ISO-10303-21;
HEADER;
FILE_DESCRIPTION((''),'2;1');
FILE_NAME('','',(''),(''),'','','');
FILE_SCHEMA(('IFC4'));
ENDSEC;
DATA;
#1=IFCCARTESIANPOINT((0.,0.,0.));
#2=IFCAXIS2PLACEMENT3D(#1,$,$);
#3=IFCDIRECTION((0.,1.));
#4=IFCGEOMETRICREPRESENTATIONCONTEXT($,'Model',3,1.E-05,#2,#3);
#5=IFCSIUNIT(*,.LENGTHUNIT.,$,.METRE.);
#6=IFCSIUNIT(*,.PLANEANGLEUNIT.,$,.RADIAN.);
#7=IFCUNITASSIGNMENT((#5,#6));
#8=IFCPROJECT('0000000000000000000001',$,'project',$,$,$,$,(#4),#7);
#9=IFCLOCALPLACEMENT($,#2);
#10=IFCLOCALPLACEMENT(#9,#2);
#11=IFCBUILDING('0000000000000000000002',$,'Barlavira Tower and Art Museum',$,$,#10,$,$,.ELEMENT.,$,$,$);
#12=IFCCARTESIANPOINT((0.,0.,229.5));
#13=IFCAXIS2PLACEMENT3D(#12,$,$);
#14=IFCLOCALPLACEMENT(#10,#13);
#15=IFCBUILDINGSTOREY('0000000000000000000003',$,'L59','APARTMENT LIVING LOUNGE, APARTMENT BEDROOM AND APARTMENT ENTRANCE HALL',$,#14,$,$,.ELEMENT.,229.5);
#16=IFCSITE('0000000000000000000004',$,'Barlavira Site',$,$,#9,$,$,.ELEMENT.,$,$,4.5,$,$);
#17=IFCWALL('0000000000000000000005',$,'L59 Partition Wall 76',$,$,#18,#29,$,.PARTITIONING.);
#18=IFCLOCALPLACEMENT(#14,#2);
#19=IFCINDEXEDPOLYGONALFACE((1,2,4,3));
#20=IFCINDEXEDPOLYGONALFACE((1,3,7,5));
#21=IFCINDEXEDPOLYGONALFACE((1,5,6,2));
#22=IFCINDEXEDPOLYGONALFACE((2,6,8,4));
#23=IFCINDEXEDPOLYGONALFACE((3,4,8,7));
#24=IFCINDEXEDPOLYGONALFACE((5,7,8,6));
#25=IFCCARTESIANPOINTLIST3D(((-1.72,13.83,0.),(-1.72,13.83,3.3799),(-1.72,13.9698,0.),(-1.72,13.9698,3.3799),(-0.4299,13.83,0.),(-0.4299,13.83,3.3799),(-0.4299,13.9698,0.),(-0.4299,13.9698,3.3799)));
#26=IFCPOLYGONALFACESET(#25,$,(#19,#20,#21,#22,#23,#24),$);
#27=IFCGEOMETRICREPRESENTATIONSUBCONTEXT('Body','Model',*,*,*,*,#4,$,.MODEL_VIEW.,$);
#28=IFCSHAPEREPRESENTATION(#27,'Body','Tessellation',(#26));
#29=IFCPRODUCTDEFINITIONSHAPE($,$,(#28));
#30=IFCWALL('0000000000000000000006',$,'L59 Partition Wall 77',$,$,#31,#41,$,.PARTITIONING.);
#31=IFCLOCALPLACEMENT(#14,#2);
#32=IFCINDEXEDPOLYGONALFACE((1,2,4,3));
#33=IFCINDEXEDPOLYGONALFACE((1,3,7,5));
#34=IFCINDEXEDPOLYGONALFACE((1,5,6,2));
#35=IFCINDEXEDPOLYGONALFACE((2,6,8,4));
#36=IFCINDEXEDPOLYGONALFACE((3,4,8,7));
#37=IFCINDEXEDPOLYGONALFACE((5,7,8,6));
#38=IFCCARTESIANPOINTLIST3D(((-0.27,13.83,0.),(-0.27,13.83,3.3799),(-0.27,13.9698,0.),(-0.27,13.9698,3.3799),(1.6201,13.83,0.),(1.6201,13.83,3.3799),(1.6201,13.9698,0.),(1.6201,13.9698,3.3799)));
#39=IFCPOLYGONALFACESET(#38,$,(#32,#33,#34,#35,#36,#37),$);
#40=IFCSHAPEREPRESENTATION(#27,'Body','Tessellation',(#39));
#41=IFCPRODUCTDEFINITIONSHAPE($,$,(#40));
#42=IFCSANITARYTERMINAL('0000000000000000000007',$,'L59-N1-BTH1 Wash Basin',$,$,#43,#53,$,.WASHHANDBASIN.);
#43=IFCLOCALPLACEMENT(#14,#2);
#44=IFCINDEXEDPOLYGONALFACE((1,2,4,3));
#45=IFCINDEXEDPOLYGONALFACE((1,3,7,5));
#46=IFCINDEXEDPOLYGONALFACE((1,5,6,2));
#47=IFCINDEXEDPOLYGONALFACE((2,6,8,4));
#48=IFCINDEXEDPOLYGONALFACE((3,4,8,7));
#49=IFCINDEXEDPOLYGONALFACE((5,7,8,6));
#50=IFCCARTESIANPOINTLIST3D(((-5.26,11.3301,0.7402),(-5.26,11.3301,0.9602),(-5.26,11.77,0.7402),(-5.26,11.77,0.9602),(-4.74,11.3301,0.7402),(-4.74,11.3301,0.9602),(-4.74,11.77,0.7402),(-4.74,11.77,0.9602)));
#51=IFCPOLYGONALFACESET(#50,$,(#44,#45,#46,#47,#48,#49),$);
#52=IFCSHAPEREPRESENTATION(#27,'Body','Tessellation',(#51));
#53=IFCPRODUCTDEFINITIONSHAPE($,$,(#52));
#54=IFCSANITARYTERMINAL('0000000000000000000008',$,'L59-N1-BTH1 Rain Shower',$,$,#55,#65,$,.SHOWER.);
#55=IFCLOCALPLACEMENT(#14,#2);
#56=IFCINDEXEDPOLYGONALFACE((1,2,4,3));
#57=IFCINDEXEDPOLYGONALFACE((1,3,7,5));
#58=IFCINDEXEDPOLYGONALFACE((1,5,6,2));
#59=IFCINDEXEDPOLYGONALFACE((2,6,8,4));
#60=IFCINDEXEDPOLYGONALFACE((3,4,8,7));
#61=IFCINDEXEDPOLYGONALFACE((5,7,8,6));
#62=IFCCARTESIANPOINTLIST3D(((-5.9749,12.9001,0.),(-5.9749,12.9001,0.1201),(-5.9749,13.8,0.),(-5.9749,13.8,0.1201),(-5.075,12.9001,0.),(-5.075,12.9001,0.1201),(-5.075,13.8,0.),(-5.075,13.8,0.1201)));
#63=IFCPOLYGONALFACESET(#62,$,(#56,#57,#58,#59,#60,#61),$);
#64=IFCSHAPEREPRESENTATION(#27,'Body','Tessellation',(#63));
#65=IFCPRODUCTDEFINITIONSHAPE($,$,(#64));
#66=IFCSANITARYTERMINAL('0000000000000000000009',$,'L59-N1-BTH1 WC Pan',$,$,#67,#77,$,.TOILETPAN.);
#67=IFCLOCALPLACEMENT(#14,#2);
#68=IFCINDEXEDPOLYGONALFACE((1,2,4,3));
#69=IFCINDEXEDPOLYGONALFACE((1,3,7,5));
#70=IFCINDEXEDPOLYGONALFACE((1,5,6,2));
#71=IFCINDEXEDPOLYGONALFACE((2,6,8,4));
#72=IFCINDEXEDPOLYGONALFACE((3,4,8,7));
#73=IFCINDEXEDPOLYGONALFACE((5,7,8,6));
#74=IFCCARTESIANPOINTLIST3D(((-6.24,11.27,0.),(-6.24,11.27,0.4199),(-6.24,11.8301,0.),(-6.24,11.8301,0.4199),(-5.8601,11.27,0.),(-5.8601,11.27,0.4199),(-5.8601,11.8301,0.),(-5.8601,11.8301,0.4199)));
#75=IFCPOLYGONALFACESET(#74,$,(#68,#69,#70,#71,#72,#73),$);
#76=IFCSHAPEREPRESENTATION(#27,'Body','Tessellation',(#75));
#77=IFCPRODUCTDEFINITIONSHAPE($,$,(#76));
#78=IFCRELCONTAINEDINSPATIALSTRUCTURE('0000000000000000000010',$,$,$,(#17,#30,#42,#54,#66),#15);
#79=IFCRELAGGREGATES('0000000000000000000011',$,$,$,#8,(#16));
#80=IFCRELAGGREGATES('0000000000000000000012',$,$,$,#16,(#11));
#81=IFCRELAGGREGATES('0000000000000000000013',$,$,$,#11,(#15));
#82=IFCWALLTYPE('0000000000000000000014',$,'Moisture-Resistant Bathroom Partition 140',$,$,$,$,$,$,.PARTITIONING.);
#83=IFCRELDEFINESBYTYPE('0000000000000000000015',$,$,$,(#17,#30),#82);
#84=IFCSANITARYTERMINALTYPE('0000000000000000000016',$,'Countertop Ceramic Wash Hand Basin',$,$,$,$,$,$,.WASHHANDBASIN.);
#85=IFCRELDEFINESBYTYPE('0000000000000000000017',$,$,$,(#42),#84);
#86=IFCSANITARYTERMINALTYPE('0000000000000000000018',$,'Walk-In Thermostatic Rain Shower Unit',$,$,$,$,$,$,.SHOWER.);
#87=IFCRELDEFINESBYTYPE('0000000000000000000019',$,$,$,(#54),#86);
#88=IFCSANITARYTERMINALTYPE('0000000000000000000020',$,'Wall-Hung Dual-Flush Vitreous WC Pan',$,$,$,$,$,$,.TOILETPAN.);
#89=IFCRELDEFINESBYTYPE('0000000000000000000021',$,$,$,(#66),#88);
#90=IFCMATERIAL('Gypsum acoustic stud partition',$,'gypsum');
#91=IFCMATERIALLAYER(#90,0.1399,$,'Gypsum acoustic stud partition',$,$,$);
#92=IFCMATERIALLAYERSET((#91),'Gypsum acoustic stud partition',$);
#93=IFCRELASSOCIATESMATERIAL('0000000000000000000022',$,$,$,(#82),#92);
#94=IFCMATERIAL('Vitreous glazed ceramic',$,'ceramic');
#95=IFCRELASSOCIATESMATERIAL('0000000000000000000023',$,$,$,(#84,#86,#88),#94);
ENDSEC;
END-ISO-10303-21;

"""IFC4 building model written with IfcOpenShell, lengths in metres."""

from ifc_helpers import new_model, si_unit, direction, frame, frame_2d, origin, origin_2d, place, context, subcontext, project, spatial, rectangle, extrude, material, layer, layer_set, type_object, element, save


model = new_model("IFC4")

# Units and contexts
model_context = context("Model", 3, precision=1e-05, world=origin(), true_north=direction((0.0, 1.0)))
body_context = subcontext(model_context, "Body", "Model", "MODEL_VIEW")
ifc_project = project(units=[si_unit("LENGTHUNIT", "METRE"), si_unit("PLANEANGLEUNIT", "RADIAN")], contexts=[model_context])

# Site, building, storey
site_placement = place(None, origin())
site = spatial("IfcSite", under=ifc_project, at=site_placement, Name="Barlavira Site", CompositionType="ELEMENT", RefElevation=4.5)
building_placement = place(site_placement, origin())
building = spatial("IfcBuilding", under=site, at=building_placement, Name="Barlavira Tower and Art Museum", CompositionType="ELEMENT")
storey_placement = place(building_placement, frame((0.0, 0.0, 229.5)))
storey = spatial("IfcBuildingStorey", under=building, at=storey_placement, Name="L59", Description="APARTMENT LIVING LOUNGE, APARTMENT BEDROOM AND APARTMENT ENTRANCE HALL", CompositionType="ELEMENT", Elevation=229.5)

# Shared definitions
ifc_material_1 = material(Name="Gypsum acoustic stud partition", Category="gypsum")

# Shared definitions
ifc_layer_1 = layer(ifc_material_1, 0.1399, Name="Gypsum acoustic stud partition")
ifc_layer_set_1 = layer_set([ifc_layer_1], Name="Gypsum acoustic stud partition")
wall_type_1 = type_object("IfcWallType", Name="Moisture-Resistant Bathroom Partition 140", PredefinedType="PARTITIONING", material=ifc_layer_set_1)

# Walls
wall_1_placement = place(storey_placement, frame((-1.72, 13.8999, 0.0), z_axis=(0.0, 0.0, 1.0), x_axis=(1.0, 0.0, 0.0)))
element("IfcWall", 1, at=wall_1_placement, inside=storey, type_object=wall_type_1, Name="L59 Partition Wall 76", PredefinedType="PARTITIONING", context=body_context, shape_type="SweptSolid", body=[
    extrude(rectangle(XDim=1.29, YDim=0.1399, at=frame_2d((0.645, 0.0))), origin(), (0.0, 0.0, 1.0), 3.3799),
])
wall_2_placement = place(storey_placement, frame((-0.27, 13.8999, 0.0), z_axis=(0.0, 0.0, 1.0), x_axis=(1.0, 0.0, 0.0)))
element("IfcWall", 2, at=wall_2_placement, inside=storey, type_object=wall_type_1, Name="L59 Partition Wall 77", PredefinedType="PARTITIONING", context=body_context, shape_type="SweptSolid", body=[
    extrude(rectangle(XDim=1.8901, YDim=0.1399, at=frame_2d((0.9451, 0.0))), origin(), (0.0, 0.0, 1.0), 3.3799),
])

# Sanitary terminals
ifc_material_2 = material(Name="Vitreous glazed ceramic", Category="ceramic")
sanitary_terminal_type_1 = type_object("IfcSanitaryTerminalType", Name="Countertop Ceramic Wash Hand Basin", PredefinedType="WASHHANDBASIN", material=ifc_material_2)
sanitary_terminal_1_placement = place(storey_placement, frame((-5.0, 11.55, 0.7402), z_axis=(0.0, 0.0, 1.0), x_axis=(1.0, 0.0, 0.0)))
element("IfcSanitaryTerminal", 3, at=sanitary_terminal_1_placement, inside=storey, type_object=sanitary_terminal_type_1, Name="L59-N1-BTH1 Wash Basin", PredefinedType="WASHHANDBASIN", context=body_context, shape_type="SweptSolid", body=[
    extrude(rectangle(XDim=0.52, YDim=0.4399, at=origin_2d()), origin(), (0.0, 0.0, 1.0), 0.22),
])
sanitary_terminal_type_2 = type_object("IfcSanitaryTerminalType", Name="Walk-In Thermostatic Rain Shower Unit", PredefinedType="SHOWER", material=ifc_material_2)
sanitary_terminal_2_placement = place(storey_placement, frame((-5.5249, 13.3501, 0.0), z_axis=(0.0, 0.0, 1.0), x_axis=(1.0, 0.0, 0.0)))
element("IfcSanitaryTerminal", 4, at=sanitary_terminal_2_placement, inside=storey, type_object=sanitary_terminal_type_2, Name="L59-N1-BTH1 Rain Shower", PredefinedType="SHOWER", context=body_context, shape_type="SweptSolid", body=[
    extrude(rectangle(XDim=0.8999, YDim=0.8999, at=origin_2d()), origin(), (0.0, 0.0, 1.0), 0.1201),
])
sanitary_terminal_type_3 = type_object("IfcSanitaryTerminalType", Name="Wall-Hung Dual-Flush Vitreous WC Pan", PredefinedType="TOILETPAN", material=ifc_material_2)
sanitary_terminal_3_placement = place(storey_placement, frame((-6.05, 11.55, 0.0), z_axis=(0.0, 0.0, 1.0), x_axis=(1.0, 0.0, 0.0)))
element("IfcSanitaryTerminal", 5, at=sanitary_terminal_3_placement, inside=storey, type_object=sanitary_terminal_type_3, Name="L59-N1-BTH1 WC Pan", PredefinedType="TOILETPAN", context=body_context, shape_type="SweptSolid", body=[
    extrude(rectangle(XDim=0.3799, YDim=0.5601, at=origin_2d()), origin(), (0.0, 0.0, 1.0), 0.4199),
])

save(model, "model.ifc")
